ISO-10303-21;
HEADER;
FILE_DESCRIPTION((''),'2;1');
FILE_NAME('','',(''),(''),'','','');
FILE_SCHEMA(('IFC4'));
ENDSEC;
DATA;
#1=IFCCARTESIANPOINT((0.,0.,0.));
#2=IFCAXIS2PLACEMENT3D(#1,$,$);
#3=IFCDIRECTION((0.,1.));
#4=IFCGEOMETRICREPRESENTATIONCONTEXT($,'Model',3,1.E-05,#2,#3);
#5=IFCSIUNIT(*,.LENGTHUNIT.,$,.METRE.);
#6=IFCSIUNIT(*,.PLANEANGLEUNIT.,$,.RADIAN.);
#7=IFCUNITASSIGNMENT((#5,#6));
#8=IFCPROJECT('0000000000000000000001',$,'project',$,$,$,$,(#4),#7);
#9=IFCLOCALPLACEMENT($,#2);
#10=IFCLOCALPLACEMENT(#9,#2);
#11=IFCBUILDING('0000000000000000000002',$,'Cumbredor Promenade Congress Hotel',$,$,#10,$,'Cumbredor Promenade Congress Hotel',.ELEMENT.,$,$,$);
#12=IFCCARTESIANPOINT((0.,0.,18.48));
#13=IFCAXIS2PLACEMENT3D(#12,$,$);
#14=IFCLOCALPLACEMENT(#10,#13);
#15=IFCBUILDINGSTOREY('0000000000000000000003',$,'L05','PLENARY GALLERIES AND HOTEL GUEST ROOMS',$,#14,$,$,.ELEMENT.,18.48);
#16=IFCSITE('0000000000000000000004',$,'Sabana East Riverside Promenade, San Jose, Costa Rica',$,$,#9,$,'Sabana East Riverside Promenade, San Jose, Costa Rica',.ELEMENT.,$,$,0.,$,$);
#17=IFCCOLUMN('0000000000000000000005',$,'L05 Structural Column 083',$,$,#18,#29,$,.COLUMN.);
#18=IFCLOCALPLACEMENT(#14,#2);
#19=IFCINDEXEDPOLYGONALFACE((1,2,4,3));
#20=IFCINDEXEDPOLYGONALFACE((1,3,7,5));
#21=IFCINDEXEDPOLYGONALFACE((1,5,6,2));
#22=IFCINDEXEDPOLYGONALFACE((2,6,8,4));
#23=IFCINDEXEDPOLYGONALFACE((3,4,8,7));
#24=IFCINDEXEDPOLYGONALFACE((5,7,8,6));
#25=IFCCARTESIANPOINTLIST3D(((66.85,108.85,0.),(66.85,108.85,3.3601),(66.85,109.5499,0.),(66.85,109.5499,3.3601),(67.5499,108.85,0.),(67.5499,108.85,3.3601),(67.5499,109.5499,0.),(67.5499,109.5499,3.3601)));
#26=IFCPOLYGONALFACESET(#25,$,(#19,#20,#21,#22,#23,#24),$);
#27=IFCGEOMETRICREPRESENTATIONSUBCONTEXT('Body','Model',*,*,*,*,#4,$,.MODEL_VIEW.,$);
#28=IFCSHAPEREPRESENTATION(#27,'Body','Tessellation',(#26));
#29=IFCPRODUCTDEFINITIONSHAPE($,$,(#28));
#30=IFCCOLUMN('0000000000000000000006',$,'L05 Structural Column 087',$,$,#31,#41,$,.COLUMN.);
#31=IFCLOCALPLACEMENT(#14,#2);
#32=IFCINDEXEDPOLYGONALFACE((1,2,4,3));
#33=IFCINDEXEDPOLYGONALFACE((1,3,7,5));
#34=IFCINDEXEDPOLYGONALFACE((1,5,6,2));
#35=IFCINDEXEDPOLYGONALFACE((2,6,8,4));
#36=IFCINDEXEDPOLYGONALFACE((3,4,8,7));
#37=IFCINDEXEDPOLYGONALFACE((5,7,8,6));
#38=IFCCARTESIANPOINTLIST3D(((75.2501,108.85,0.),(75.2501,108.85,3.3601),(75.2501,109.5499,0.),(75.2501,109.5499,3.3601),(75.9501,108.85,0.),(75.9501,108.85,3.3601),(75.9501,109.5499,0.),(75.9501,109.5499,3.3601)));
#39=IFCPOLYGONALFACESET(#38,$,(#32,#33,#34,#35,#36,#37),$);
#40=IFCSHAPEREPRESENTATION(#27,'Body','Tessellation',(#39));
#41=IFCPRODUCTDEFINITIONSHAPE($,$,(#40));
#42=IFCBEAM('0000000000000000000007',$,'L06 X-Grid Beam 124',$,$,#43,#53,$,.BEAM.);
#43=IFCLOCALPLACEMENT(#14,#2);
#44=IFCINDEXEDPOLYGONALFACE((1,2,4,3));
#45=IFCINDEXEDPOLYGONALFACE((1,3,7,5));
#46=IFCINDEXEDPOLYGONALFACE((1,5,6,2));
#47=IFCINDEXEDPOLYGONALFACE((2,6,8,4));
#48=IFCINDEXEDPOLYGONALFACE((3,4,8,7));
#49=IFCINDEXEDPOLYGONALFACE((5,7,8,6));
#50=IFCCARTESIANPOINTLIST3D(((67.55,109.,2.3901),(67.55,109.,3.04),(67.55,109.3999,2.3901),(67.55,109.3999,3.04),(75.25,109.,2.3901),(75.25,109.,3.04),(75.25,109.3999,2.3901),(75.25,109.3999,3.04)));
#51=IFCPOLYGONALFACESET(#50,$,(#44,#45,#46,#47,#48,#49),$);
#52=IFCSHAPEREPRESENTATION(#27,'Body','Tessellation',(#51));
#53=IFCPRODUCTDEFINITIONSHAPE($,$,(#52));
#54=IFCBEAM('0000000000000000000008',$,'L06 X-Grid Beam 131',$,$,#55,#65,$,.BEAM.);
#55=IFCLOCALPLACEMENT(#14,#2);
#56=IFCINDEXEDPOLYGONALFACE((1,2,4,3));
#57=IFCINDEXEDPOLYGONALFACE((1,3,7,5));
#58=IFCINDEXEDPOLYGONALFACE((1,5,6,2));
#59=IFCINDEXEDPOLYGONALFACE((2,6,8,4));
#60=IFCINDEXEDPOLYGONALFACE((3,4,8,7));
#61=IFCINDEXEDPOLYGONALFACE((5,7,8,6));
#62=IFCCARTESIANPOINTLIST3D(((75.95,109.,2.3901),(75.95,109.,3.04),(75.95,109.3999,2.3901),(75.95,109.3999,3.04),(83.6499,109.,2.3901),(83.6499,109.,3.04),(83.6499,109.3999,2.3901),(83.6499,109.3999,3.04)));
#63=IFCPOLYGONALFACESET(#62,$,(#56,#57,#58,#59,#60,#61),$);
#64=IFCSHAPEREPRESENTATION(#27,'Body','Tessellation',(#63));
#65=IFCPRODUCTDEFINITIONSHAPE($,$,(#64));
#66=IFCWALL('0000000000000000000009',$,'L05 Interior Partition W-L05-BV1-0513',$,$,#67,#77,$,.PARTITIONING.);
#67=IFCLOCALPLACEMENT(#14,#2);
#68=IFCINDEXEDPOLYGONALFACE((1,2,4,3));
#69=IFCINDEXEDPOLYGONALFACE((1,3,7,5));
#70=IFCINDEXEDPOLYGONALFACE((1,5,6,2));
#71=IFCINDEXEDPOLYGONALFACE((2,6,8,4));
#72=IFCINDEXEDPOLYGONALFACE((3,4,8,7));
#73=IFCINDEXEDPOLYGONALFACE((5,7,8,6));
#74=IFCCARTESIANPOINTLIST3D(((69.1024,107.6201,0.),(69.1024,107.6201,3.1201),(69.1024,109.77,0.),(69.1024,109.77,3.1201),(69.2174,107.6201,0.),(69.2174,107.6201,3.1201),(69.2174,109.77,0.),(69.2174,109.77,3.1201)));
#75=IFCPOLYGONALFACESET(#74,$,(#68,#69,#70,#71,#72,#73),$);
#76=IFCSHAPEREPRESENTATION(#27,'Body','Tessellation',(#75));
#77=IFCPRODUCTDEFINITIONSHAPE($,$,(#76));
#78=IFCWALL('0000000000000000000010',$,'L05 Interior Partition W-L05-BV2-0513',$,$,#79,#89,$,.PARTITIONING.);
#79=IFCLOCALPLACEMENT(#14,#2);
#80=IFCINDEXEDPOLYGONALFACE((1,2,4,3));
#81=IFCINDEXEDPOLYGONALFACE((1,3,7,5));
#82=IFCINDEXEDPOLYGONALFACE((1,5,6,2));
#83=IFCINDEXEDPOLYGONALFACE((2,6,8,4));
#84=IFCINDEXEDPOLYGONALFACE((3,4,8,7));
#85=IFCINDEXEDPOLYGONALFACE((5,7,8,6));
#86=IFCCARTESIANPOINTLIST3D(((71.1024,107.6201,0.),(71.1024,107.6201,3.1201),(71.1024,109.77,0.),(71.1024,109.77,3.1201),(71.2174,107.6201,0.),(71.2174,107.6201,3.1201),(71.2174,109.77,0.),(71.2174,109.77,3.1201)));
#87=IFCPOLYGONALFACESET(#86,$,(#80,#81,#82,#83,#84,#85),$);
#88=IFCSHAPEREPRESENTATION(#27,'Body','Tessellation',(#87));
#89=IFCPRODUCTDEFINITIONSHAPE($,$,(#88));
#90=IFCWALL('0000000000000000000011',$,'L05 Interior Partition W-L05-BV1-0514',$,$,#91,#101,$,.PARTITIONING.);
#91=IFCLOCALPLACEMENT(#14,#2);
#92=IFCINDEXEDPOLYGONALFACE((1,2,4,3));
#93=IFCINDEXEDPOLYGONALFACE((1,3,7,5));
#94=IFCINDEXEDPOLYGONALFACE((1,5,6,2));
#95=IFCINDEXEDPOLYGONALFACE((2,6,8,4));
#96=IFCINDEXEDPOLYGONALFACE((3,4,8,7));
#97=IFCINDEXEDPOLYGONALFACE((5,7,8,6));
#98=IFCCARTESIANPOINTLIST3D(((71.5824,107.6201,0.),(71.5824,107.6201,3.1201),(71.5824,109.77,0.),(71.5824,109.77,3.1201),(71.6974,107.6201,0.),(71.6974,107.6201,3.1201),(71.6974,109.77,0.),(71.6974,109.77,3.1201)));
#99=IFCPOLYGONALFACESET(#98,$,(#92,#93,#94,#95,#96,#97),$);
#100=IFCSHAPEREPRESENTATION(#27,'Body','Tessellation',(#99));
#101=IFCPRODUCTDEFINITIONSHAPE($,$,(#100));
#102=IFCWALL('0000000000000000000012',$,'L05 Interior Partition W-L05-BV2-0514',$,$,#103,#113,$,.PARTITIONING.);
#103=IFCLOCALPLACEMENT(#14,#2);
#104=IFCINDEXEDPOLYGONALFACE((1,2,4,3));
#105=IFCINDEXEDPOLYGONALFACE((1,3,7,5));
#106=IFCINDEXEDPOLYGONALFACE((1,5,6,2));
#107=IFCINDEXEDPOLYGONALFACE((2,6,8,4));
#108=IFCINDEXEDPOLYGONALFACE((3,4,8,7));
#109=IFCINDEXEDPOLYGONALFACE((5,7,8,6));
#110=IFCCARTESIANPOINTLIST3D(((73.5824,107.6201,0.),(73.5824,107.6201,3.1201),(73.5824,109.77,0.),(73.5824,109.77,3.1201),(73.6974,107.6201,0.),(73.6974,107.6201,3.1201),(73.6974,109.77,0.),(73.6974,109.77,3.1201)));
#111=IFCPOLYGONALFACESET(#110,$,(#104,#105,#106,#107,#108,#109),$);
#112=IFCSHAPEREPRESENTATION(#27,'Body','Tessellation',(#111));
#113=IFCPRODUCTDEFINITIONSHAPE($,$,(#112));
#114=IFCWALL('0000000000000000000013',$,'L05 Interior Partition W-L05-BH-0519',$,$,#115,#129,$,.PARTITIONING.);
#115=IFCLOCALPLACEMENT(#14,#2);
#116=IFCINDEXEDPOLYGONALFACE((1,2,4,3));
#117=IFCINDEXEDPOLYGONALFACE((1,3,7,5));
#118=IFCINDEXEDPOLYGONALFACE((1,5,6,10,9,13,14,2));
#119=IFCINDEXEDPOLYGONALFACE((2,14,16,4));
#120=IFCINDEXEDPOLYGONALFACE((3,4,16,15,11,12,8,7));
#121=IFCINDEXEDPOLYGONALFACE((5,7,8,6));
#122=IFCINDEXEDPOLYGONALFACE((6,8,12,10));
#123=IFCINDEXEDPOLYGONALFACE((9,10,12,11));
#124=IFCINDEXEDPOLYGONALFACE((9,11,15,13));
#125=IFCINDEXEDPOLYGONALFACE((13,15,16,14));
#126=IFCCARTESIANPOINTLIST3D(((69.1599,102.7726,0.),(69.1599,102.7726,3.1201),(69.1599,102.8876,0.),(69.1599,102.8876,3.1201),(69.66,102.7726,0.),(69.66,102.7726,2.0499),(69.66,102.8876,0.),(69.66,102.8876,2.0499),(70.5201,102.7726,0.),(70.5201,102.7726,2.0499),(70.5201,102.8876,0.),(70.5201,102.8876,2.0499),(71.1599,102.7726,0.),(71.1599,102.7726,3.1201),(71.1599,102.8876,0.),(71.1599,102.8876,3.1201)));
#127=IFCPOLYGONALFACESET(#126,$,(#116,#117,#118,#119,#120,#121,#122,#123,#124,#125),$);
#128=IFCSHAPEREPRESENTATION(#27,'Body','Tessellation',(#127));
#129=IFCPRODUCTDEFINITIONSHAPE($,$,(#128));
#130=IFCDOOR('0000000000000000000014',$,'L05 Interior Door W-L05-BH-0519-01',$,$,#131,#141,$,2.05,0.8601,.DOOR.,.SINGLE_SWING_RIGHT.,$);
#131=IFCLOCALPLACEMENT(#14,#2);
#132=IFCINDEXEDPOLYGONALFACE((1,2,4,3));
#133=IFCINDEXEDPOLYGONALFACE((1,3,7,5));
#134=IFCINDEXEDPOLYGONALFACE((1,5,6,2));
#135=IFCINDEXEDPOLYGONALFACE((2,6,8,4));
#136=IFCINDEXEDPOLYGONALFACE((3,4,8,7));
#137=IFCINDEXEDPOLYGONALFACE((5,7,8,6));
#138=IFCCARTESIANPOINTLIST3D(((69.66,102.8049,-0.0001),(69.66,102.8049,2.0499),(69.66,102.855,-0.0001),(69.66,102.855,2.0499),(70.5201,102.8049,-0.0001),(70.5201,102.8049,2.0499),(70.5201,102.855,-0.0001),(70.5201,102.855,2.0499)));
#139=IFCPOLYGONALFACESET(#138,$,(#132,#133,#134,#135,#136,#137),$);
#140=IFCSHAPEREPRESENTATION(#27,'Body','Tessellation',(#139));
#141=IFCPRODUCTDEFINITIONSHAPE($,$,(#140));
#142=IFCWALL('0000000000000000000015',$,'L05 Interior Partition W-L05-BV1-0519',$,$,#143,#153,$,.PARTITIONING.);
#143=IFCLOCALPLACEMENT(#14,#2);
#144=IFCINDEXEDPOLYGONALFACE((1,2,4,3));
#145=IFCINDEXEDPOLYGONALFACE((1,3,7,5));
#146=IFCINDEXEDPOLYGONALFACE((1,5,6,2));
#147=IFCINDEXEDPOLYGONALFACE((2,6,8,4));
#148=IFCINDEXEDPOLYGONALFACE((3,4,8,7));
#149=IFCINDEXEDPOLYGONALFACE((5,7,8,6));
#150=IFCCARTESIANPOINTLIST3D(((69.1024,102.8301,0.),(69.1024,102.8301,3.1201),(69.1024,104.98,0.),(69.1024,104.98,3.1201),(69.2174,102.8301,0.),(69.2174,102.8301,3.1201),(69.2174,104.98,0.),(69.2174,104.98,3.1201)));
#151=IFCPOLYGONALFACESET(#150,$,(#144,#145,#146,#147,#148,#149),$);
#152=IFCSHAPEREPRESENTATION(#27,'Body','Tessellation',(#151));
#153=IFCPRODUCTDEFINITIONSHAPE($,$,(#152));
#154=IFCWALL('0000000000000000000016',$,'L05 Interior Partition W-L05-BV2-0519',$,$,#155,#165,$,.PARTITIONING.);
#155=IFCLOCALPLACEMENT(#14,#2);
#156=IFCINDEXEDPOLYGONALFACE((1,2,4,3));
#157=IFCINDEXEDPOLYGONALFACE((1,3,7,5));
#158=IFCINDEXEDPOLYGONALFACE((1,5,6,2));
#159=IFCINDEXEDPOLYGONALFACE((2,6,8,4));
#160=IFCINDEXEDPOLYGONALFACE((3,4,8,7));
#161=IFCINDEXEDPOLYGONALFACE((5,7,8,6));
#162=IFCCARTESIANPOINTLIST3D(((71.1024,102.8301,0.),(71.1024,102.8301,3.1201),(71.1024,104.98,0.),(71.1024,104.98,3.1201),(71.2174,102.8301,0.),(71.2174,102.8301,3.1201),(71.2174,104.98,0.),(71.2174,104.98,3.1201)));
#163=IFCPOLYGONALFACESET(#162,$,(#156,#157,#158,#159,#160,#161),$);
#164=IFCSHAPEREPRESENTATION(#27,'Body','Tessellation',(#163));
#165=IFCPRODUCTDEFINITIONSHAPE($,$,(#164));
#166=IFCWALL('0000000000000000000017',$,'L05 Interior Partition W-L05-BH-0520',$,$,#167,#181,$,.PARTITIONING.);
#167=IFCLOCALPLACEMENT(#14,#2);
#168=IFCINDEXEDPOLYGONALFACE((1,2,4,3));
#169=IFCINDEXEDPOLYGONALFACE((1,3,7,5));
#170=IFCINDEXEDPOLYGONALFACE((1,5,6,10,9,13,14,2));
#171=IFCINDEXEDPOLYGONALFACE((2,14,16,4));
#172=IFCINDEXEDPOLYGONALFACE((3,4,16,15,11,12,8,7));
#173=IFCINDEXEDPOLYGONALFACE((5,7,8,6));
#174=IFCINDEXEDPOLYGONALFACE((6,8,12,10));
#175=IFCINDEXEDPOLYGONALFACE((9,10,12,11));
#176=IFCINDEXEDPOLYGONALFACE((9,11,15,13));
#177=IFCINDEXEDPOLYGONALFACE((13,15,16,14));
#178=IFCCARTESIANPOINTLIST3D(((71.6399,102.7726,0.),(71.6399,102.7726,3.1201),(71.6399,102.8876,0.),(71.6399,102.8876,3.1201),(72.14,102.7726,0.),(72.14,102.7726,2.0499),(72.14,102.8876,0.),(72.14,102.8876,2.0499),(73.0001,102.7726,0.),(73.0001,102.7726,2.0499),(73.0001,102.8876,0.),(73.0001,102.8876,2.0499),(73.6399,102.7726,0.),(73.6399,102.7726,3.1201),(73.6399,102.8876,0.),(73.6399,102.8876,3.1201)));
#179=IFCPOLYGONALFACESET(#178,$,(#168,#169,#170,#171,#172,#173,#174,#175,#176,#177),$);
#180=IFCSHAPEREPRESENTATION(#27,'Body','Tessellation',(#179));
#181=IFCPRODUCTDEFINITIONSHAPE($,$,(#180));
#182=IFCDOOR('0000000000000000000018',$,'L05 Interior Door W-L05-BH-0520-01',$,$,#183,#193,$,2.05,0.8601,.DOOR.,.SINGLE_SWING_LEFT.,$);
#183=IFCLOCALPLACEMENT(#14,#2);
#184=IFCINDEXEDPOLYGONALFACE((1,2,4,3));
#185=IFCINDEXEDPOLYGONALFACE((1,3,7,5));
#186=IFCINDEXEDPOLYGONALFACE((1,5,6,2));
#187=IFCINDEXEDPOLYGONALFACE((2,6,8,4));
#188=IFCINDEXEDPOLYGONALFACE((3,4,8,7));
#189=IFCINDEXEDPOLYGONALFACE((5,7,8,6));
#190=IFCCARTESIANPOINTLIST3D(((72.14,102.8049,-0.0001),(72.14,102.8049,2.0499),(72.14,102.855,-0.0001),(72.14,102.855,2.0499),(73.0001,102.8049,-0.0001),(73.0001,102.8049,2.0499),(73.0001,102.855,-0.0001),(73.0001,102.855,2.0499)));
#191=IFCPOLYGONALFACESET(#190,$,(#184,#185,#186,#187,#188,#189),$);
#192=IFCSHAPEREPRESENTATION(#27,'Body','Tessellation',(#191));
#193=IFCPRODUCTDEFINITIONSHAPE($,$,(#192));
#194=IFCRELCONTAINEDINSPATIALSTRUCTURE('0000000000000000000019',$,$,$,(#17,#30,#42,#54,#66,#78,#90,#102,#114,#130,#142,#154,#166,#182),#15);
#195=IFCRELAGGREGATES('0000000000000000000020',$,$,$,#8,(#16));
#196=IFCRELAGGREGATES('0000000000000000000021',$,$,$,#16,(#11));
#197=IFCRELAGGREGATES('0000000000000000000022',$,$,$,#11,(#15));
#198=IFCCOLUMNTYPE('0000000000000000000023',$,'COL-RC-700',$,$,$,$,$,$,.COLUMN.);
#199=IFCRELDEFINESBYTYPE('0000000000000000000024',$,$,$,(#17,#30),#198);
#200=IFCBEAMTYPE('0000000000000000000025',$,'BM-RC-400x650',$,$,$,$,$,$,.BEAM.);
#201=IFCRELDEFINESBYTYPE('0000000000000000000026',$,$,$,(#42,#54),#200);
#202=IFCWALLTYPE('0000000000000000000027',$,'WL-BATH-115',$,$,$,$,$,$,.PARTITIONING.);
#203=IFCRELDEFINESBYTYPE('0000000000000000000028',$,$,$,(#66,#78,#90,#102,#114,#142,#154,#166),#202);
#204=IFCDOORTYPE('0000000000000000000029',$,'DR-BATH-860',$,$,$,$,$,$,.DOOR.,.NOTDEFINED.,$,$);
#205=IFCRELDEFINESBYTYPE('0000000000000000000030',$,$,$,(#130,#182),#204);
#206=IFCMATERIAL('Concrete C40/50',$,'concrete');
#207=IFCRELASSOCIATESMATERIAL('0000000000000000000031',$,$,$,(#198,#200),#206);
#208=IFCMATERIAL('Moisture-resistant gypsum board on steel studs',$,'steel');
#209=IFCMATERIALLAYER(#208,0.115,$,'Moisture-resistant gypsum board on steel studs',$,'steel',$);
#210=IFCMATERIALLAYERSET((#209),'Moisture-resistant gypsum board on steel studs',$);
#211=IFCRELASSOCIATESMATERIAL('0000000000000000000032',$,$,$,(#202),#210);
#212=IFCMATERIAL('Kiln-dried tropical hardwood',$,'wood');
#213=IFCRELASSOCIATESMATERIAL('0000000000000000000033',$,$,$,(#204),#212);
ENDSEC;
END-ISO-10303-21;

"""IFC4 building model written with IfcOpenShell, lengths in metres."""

from ifc_helpers import new_model, si_unit, direction, frame, frame_2d, origin, origin_2d, place, context, subcontext, project, spatial, rectangle, extrude, material, layer, layer_set, material_profile, profile_set, type_object, element, fill, save


model = new_model("IFC4")

# Units and contexts
model_context = context("Model", 3, precision=1e-05, world=origin(), true_north=direction((0.0, 1.0)))
body_context = subcontext(model_context, "Body", "Model", "MODEL_VIEW")
ifc_project = project(units=[si_unit("LENGTHUNIT", "METRE"), si_unit("PLANEANGLEUNIT", "RADIAN")], contexts=[model_context])

# Site, building, storey
site_placement = place(None, origin())
site = spatial("IfcSite", under=ifc_project, at=site_placement, Name="Sabana East Riverside Promenade, San Jose, Costa Rica", LongName="Sabana East Riverside Promenade, San Jose, Costa Rica", CompositionType="ELEMENT", RefElevation=0.0)
building_placement = place(site_placement, origin())
building = spatial("IfcBuilding", under=site, at=building_placement, Name="Cumbredor Promenade Congress Hotel", LongName="Cumbredor Promenade Congress Hotel", CompositionType="ELEMENT")
storey_placement = place(building_placement, frame((0.0, 0.0, 18.48)))
storey = spatial("IfcBuildingStorey", under=building, at=storey_placement, Name="L05", Description="PLENARY GALLERIES AND HOTEL GUEST ROOMS", CompositionType="ELEMENT", Elevation=18.48)

# Columns
ifc_material_1 = material(Name="Concrete C40/50", Category="concrete")
ifc_material_profile_1 = material_profile(ifc_material_1, rectangle(XDim=0.7, YDim=0.7, at=origin_2d()), Name="RC 700x700")
ifc_profile_set_1 = profile_set([ifc_material_profile_1], Name="Concrete C40/50")
column_type = type_object("IfcColumnType", Name="COL-RC-700", PredefinedType="COLUMN", material=ifc_profile_set_1)
for number, where, z_axis, x_axis, name in (
    (1, (67.2, 109.2, 0.0), (0.0, 0.0, 1.0), (1.0, 0.0, 0.0), "L05 Structural Column 083"),
    (2, (75.6001, 109.2, 0.0), (0.0, 0.0, 1.0), (1.0, 0.0, 0.0), "L05 Structural Column 087"),
):
    element("IfcColumn", number, at=place(storey_placement, frame(where, z_axis=z_axis, x_axis=x_axis)), inside=storey, type_object=column_type, Name=name, PredefinedType="COLUMN", context=body_context, shape_type="SweptSolid", body=[
        extrude(rectangle(XDim=0.7, YDim=0.7, at=origin_2d()), origin(), (0.0, 0.0, 1.0), 3.3601),
    ])

# Beams
ifc_material_profile_2 = material_profile(ifc_material_1, rectangle(XDim=0.3999, YDim=0.6499, at=origin_2d()), Name="RC BEAM 400x650")
ifc_profile_set_2 = profile_set([ifc_material_profile_2], Name="Concrete C40/50")
beam_type = type_object("IfcBeamType", Name="BM-RC-400x650", PredefinedType="BEAM", material=ifc_profile_set_2)
for number, where, z_axis, x_axis, name in (
    (3, (67.55, 109.2, 2.7151), (1.0, 0.0, 0.0), (0.0, 1.0, 0.0), "L06 X-Grid Beam 124"),
    (4, (75.95, 109.2, 2.7151), (1.0, 0.0, 0.0), (0.0, 1.0, 0.0), "L06 X-Grid Beam 131"),
):
    element("IfcBeam", number, at=place(storey_placement, frame(where, z_axis=z_axis, x_axis=x_axis)), inside=storey, type_object=beam_type, Name=name, PredefinedType="BEAM", context=body_context, shape_type="SweptSolid", body=[
        extrude(rectangle(XDim=0.3999, YDim=0.6499, at=origin_2d()), origin(), (0.0, 0.0, 1.0), 7.7),
    ])

# Walls
ifc_material_2 = material(Name="Moisture-resistant gypsum board on steel studs", Category="steel")
ifc_layer_1 = layer(ifc_material_2, 0.115, Name="Moisture-resistant gypsum board on steel studs", Category="steel")
ifc_layer_set_1 = layer_set([ifc_layer_1], Name="Moisture-resistant gypsum board on steel studs")
wall_type_1 = type_object("IfcWallType", Name="WL-BATH-115", PredefinedType="PARTITIONING", material=ifc_layer_set_1)
for number, where, z_axis, x_axis, name in (
    (5, (69.1599, 107.6201, 0.0), (0.0, 0.0, 1.0), (0.0, 1.0, 0.0), "L05 Interior Partition W-L05-BV1-0513"),
    (6, (71.1599, 107.6201, 0.0), (0.0, 0.0, 1.0), (0.0, 1.0, 0.0), "L05 Interior Partition W-L05-BV2-0513"),
    (7, (71.6399, 107.6201, 0.0), (0.0, 0.0, 1.0), (0.0, 1.0, 0.0), "L05 Interior Partition W-L05-BV1-0514"),
    (8, (73.6399, 107.6201, 0.0), (0.0, 0.0, 1.0), (0.0, 1.0, 0.0), "L05 Interior Partition W-L05-BV2-0514"),
):
    element("IfcWall", number, at=place(storey_placement, frame(where, z_axis=z_axis, x_axis=x_axis)), inside=storey, type_object=wall_type_1, Name=name, PredefinedType="PARTITIONING", context=body_context, shape_type="SweptSolid", body=[
        extrude(rectangle(XDim=2.1499, YDim=0.115, at=frame_2d((1.075, 0.0))), origin(), (0.0, 0.0, 1.0), 3.1201),
    ])

# Wall, opening, door
wall_1_placement = place(storey_placement, frame((69.1599, 102.8301, 0.0), z_axis=(0.0, 0.0, 1.0), x_axis=(1.0, 0.0, 0.0)))
wall_1 = element("IfcWall", 9, at=wall_1_placement, inside=storey, type_object=wall_type_1, Name="L05 Interior Partition W-L05-BH-0519", PredefinedType="PARTITIONING", context=body_context, shape_type="SweptSolid", body=[
    extrude(rectangle(XDim=2.0, YDim=0.115, at=frame_2d((1.0, 0.0))), origin(), (0.0, 0.0, 1.0), 3.1201),
])
opening_1_placement = place(wall_1_placement, frame((0.5, 0.0, 0.0)))
opening_1 = element("IfcOpeningElement", 10, at=opening_1_placement, cuts=wall_1, PredefinedType="OPENING", context=body_context, shape_type="SweptSolid", body=[
    extrude(rectangle(XDim=0.8601, YDim=2.05, at=frame_2d((0.4302, 1.0249))), frame((0.0, 0.0674, 0.0), z_axis=(0.0, -1.0, 0.0), x_axis=(1.0, 0.0, 0.0)), (0.0, 0.0, 1.0), 0.135),
])
ifc_material_3 = material(Name="Kiln-dried tropical hardwood", Category="wood")
door_type = type_object("IfcDoorType", Name="DR-BATH-860", OperationType="NOTDEFINED", PredefinedType="DOOR", material=ifc_material_3)
door_1_placement = place(opening_1_placement, origin())
door_1 = element("IfcDoor", 11, at=door_1_placement, inside=storey, type_object=door_type, Name="L05 Interior Door W-L05-BH-0519-01", OperationType="SINGLE_SWING_RIGHT", OverallHeight=2.05, OverallWidth=0.8601, PredefinedType="DOOR", context=body_context, shape_type="SweptSolid", body=[
    extrude(rectangle(XDim=0.8601, YDim=2.05, at=frame_2d((0.4302, 1.0249))), frame((0.0, 0.0249, 0.0), z_axis=(0.0, -1.0, 0.0), x_axis=(1.0, 0.0, 0.0)), (0.0, 0.0, 1.0), 0.05),
])
fill(opening_1, door_1)

# Walls
for number, where, z_axis, x_axis, name in (
    (12, (69.1599, 102.8301, 0.0), (0.0, 0.0, 1.0), (0.0, 1.0, 0.0), "L05 Interior Partition W-L05-BV1-0519"),
    (13, (71.1599, 102.8301, 0.0), (0.0, 0.0, 1.0), (0.0, 1.0, 0.0), "L05 Interior Partition W-L05-BV2-0519"),
):
    element("IfcWall", number, at=place(storey_placement, frame(where, z_axis=z_axis, x_axis=x_axis)), inside=storey, type_object=wall_type_1, Name=name, PredefinedType="PARTITIONING", context=body_context, shape_type="SweptSolid", body=[
        extrude(rectangle(XDim=2.1499, YDim=0.115, at=frame_2d((1.075, 0.0))), origin(), (0.0, 0.0, 1.0), 3.1201),
    ])

# Wall, opening, door
wall_2_placement = place(storey_placement, frame((71.6399, 102.8301, 0.0), z_axis=(0.0, 0.0, 1.0), x_axis=(1.0, 0.0, 0.0)))
wall_2 = element("IfcWall", 14, at=wall_2_placement, inside=storey, type_object=wall_type_1, Name="L05 Interior Partition W-L05-BH-0520", PredefinedType="PARTITIONING", context=body_context, shape_type="SweptSolid", body=[
    extrude(rectangle(XDim=2.0, YDim=0.115, at=frame_2d((1.0, 0.0))), origin(), (0.0, 0.0, 1.0), 3.1201),
])
opening_2_placement = place(wall_2_placement, frame((0.5, 0.0, 0.0)))
opening_2 = element("IfcOpeningElement", 15, at=opening_2_placement, cuts=wall_2, PredefinedType="OPENING", context=body_context, shape_type="SweptSolid", body=[
    extrude(rectangle(XDim=0.8601, YDim=2.05, at=frame_2d((0.4302, 1.0249))), frame((0.0, 0.0674, 0.0), z_axis=(0.0, -1.0, 0.0), x_axis=(1.0, 0.0, 0.0)), (0.0, 0.0, 1.0), 0.135),
])
door_2_placement = place(opening_2_placement, origin())
door_2 = element("IfcDoor", 16, at=door_2_placement, inside=storey, type_object=door_type, Name="L05 Interior Door W-L05-BH-0520-01", OperationType="SINGLE_SWING_LEFT", OverallHeight=2.05, OverallWidth=0.8601, PredefinedType="DOOR", context=body_context, shape_type="SweptSolid", body=[
    extrude(rectangle(XDim=0.8601, YDim=2.05, at=frame_2d((0.4302, 1.0249))), frame((0.0, 0.0249, 0.0), z_axis=(0.0, -1.0, 0.0), x_axis=(1.0, 0.0, 0.0)), (0.0, 0.0, 1.0), 0.05),
])
fill(opening_2, door_2)

save(model, "model.ifc")
